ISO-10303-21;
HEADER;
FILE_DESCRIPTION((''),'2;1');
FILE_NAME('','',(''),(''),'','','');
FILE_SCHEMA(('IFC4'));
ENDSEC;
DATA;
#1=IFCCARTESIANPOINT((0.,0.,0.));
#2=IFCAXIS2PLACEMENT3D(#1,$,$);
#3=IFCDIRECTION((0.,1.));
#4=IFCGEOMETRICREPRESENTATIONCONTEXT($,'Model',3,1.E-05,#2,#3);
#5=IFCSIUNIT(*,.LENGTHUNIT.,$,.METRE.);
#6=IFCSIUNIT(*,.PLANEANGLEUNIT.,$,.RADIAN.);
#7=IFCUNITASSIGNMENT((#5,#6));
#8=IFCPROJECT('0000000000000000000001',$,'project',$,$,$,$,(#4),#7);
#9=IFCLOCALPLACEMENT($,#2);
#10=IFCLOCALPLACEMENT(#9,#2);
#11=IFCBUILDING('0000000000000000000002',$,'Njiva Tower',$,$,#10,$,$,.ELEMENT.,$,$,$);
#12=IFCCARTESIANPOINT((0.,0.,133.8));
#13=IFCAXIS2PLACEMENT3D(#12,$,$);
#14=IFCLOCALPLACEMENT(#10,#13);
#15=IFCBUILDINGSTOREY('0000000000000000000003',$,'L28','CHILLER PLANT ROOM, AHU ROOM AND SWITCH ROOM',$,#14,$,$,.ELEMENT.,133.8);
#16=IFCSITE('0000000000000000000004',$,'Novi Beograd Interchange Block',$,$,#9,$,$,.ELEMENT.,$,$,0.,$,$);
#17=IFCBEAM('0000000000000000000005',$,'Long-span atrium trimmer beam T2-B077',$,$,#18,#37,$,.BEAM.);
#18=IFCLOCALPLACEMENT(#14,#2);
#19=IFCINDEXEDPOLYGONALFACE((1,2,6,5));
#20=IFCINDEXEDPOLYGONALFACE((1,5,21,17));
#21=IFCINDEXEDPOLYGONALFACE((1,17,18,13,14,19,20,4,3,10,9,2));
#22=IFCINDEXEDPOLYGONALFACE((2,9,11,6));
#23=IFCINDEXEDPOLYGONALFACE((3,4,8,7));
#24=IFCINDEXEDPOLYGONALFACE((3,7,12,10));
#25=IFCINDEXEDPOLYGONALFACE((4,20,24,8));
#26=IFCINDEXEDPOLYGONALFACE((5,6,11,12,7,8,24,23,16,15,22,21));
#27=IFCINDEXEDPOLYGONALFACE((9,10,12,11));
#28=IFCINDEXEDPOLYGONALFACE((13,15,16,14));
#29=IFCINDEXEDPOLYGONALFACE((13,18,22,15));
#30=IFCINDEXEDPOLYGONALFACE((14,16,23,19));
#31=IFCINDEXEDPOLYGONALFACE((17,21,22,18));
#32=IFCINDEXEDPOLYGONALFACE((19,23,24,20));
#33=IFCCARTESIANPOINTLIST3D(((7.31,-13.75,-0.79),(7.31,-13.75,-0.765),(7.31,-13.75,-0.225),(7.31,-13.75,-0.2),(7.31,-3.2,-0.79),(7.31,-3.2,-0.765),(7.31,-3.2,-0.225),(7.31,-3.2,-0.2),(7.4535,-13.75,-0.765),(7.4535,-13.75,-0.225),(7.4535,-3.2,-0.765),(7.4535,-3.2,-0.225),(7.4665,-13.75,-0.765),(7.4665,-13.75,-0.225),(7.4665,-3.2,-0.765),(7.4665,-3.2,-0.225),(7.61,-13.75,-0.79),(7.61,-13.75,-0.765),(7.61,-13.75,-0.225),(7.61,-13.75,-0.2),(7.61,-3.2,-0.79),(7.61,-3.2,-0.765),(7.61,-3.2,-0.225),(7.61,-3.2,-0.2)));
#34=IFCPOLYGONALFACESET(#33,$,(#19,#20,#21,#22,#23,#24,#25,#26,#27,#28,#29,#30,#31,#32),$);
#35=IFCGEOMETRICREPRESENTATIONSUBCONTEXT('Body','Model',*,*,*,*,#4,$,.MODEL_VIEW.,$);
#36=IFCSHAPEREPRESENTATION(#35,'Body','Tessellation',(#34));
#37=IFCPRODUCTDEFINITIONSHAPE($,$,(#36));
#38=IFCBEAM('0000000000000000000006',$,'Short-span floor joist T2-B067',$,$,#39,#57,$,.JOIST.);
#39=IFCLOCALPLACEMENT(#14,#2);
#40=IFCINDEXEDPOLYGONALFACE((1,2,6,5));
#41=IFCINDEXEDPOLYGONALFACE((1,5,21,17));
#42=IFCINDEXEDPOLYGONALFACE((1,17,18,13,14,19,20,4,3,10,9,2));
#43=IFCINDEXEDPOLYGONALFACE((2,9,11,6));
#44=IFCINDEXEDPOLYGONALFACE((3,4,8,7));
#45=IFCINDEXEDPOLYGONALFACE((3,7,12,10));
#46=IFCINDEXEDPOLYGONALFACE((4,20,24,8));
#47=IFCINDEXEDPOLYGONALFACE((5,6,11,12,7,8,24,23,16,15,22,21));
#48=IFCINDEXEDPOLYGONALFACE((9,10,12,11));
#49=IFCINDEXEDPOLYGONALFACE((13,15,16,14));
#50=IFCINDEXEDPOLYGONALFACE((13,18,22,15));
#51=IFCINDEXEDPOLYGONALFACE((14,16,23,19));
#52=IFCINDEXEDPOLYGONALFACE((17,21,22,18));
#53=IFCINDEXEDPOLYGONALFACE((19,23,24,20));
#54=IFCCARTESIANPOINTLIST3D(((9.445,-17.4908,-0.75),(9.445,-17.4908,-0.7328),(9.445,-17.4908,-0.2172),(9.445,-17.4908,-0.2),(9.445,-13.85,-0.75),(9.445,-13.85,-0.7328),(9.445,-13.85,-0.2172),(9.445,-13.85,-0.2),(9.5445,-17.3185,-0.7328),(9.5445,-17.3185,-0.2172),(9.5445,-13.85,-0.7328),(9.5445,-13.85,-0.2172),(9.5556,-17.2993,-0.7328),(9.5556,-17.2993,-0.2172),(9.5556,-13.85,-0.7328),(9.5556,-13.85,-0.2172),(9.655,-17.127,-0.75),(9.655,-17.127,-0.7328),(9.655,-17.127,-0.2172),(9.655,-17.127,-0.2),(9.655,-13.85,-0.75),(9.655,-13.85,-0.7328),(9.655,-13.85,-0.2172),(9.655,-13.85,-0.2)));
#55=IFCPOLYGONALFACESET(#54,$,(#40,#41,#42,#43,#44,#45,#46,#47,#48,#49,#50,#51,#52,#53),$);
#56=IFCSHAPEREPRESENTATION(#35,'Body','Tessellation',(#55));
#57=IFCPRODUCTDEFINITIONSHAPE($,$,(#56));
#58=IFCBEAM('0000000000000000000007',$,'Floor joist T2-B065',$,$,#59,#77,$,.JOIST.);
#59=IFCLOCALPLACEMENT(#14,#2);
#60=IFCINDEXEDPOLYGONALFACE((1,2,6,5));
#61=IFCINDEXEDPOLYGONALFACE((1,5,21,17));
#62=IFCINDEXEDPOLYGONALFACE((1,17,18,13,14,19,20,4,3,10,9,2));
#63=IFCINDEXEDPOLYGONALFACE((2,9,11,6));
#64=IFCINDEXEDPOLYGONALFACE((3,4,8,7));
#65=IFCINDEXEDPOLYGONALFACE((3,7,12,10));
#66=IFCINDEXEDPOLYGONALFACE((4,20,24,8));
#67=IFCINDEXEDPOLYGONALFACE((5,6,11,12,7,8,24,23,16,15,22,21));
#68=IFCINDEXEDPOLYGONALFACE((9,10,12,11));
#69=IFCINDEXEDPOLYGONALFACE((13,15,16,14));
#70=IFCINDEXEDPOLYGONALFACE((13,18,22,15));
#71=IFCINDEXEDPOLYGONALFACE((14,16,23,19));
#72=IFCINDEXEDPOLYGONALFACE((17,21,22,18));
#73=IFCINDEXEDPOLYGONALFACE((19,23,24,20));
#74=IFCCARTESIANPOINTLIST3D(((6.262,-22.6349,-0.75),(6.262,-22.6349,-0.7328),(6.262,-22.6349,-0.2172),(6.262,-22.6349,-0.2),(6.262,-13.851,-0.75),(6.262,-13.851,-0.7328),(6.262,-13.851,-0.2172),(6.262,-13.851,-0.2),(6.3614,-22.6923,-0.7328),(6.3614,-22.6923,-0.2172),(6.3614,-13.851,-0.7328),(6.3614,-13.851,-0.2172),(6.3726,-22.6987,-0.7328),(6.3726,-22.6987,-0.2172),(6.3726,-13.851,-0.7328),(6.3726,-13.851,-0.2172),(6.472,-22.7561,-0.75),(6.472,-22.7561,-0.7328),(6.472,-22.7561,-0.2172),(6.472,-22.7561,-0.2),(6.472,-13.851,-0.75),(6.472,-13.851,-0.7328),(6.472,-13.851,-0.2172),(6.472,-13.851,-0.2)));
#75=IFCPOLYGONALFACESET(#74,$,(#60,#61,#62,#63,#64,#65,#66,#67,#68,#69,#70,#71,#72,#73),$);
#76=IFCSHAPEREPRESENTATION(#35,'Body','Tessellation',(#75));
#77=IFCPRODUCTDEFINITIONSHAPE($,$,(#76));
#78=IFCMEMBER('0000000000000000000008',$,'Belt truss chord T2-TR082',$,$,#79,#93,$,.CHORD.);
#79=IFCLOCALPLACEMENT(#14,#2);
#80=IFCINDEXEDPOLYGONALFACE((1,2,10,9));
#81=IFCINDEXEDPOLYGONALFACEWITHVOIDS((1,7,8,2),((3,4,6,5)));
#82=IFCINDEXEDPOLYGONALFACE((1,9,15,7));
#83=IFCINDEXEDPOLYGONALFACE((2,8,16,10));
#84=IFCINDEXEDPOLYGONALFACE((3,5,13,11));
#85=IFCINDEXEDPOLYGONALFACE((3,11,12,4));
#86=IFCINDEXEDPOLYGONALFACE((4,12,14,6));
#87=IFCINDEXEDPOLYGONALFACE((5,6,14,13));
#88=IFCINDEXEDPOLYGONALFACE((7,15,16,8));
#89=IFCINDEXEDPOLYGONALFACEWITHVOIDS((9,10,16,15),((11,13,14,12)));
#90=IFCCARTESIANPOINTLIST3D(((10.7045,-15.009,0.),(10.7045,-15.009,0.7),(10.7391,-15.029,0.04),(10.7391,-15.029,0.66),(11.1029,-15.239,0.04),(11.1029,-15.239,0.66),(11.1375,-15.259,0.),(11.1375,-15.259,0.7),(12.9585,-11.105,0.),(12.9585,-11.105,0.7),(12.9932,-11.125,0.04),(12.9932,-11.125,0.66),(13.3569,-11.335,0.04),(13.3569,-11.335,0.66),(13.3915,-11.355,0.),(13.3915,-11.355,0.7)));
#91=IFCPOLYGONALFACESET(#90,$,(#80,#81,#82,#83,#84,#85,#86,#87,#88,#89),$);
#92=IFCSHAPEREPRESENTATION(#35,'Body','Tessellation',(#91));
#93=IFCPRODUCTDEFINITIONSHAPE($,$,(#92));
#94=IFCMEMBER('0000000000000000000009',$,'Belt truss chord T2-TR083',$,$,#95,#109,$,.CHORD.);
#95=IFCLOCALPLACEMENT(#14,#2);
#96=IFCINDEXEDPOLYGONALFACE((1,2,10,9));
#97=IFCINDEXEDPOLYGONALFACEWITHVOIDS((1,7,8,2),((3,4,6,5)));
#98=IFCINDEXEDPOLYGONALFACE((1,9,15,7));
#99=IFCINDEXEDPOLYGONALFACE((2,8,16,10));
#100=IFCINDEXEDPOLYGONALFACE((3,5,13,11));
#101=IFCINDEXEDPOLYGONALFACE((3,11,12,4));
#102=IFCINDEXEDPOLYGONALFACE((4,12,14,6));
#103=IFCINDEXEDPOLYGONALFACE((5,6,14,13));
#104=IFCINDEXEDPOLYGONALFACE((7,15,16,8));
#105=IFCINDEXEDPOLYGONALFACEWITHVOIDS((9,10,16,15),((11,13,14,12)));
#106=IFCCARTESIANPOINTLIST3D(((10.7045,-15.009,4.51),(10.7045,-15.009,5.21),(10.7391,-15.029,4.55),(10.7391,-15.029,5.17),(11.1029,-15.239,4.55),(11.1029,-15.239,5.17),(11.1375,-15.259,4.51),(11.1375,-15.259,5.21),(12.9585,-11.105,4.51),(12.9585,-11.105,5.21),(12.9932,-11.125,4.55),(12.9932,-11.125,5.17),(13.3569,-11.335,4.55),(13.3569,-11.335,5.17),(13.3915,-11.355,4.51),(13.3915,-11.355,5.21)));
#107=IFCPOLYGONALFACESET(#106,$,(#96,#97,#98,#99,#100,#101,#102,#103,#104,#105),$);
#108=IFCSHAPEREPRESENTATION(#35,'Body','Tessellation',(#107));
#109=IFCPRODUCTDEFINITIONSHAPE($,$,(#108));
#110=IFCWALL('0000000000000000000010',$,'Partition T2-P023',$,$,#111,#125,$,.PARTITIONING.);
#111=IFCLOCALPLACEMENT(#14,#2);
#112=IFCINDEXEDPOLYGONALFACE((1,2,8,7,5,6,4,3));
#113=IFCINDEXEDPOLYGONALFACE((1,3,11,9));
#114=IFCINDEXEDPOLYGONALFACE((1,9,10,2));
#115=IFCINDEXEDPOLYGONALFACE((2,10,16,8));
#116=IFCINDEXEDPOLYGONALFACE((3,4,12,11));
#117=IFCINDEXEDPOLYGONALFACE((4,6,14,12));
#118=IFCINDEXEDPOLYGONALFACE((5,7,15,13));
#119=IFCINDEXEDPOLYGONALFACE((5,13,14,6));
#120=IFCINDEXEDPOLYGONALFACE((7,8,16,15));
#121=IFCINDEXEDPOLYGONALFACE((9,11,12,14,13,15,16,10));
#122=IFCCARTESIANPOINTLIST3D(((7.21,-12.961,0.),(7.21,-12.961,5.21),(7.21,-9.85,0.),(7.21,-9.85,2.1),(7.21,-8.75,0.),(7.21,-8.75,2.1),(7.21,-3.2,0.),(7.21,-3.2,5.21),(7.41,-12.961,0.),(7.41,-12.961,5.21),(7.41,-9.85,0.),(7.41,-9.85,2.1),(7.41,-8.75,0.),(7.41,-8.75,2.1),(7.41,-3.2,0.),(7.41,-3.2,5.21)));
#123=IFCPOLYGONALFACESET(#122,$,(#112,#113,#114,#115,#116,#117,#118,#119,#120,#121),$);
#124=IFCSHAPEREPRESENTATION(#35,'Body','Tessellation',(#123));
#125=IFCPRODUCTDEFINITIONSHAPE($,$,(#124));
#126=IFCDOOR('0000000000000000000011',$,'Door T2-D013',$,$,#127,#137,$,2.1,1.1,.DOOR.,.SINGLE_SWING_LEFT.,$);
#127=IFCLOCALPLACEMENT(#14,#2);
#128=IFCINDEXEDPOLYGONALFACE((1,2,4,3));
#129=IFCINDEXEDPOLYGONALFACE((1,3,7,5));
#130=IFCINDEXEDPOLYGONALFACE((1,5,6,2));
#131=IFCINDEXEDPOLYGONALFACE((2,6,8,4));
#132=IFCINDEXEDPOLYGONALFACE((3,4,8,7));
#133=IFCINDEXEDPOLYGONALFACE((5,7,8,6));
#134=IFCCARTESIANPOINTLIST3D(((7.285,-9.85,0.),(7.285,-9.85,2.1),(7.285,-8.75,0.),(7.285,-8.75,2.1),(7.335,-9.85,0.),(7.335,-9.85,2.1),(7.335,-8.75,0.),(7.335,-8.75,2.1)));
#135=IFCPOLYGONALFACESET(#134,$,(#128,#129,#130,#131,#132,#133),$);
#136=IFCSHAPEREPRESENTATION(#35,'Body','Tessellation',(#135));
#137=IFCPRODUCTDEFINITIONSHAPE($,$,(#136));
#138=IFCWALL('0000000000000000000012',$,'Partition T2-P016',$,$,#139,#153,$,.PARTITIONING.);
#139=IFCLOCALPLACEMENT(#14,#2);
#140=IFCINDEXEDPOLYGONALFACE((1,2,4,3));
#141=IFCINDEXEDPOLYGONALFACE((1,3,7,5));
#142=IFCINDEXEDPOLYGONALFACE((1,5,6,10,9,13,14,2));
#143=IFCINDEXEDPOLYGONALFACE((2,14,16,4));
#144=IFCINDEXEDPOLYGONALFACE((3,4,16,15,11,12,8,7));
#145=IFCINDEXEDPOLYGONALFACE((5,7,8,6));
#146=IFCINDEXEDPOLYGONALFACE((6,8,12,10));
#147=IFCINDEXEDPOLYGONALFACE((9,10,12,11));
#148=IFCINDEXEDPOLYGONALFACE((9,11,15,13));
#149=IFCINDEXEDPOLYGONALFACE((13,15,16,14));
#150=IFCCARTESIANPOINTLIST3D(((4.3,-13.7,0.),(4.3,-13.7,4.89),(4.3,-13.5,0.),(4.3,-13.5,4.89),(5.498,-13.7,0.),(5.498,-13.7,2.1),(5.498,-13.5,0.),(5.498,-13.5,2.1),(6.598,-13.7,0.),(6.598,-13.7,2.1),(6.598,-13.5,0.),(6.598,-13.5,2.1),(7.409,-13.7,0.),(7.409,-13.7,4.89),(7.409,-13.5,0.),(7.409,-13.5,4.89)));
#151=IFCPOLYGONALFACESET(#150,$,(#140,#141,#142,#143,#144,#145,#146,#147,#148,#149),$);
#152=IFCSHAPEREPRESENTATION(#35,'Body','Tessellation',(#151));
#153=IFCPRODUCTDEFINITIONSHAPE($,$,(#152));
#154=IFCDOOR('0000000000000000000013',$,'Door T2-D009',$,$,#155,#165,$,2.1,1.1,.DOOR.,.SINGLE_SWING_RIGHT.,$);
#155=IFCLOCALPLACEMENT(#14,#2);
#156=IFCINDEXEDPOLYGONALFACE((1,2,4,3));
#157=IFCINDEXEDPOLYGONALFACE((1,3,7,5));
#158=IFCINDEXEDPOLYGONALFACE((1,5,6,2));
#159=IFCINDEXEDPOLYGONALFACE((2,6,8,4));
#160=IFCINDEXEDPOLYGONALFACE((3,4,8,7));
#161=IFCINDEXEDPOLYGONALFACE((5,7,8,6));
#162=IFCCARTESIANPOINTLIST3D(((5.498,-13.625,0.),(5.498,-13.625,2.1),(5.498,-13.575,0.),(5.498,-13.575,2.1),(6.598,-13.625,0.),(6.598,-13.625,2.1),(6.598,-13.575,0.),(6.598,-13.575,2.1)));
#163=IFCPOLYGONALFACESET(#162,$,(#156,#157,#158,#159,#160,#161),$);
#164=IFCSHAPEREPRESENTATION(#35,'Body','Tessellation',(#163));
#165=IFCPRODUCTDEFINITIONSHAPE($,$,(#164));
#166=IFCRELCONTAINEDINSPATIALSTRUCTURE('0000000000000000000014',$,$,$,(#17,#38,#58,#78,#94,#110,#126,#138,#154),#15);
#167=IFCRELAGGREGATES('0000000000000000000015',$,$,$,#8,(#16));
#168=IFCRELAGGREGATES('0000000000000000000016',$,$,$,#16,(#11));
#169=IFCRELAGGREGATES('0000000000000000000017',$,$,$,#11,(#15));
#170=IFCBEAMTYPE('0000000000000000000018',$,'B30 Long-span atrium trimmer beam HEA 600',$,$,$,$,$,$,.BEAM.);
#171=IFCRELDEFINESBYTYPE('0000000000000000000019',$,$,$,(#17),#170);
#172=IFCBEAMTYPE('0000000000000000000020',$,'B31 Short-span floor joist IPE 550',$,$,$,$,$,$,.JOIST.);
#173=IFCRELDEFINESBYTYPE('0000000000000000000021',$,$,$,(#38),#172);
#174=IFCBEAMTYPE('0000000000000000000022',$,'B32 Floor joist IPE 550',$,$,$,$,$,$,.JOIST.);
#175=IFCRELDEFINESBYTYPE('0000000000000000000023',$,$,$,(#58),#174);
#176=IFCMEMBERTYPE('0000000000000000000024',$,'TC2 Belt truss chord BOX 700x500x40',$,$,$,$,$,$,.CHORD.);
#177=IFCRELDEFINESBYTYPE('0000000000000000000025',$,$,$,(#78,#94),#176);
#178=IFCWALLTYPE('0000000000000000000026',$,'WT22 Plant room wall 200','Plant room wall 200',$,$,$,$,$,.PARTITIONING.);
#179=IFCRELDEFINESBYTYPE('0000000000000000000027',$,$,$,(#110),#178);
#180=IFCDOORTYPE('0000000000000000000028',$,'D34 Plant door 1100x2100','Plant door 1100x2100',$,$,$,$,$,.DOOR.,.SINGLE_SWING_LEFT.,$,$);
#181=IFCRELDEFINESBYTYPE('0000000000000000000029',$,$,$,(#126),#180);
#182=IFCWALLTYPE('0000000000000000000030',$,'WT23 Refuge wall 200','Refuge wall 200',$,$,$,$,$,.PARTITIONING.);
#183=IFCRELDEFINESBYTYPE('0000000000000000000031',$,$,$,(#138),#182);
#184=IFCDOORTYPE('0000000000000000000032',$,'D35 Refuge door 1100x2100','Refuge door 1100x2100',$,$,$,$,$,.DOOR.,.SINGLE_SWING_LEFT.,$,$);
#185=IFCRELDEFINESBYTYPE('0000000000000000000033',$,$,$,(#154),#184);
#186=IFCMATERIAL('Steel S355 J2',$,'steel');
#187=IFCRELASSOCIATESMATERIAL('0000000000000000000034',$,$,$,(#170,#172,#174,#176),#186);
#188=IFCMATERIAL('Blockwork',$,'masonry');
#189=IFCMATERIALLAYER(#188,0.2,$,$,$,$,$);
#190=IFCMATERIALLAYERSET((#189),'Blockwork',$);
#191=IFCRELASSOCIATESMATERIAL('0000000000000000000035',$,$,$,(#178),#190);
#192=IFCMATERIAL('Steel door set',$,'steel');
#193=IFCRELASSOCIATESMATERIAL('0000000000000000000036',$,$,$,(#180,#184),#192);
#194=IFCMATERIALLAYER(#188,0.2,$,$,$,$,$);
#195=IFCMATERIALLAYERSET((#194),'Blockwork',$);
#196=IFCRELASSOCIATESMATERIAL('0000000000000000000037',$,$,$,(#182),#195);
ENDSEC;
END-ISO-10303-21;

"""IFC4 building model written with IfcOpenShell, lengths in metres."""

from ifc_helpers import new_model, si_unit, direction, frame, frame_2d, origin, origin_2d, place, context, subcontext, project, spatial, rectangle, hollow_rectangle, i_section, extrude, clip, halfspace, material, layer, layer_set, material_profile, profile_set, type_object, element, fill, save


model = new_model("IFC4")

# Units and contexts
model_context = context("Model", 3, precision=1e-05, world=origin(), true_north=direction((0.0, 1.0)))
body_context = subcontext(model_context, "Body", "Model", "MODEL_VIEW")
ifc_project = project(units=[si_unit("LENGTHUNIT", "METRE"), si_unit("PLANEANGLEUNIT", "RADIAN")], contexts=[model_context])

# Site, building, storey
site_placement = place(None, origin())
site = spatial("IfcSite", under=ifc_project, at=site_placement, Name="Novi Beograd Interchange Block", CompositionType="ELEMENT", RefElevation=0.0)
building_placement = place(site_placement, origin())
building = spatial("IfcBuilding", under=site, at=building_placement, Name="Njiva Tower", CompositionType="ELEMENT")
storey_placement = place(building_placement, frame((0.0, 0.0, 133.8)))
storey = spatial("IfcBuildingStorey", under=building, at=storey_placement, Name="L28", Description="CHILLER PLANT ROOM, AHU ROOM AND SWITCH ROOM", CompositionType="ELEMENT", Elevation=133.8)

# Shared definitions
ifc_material_1 = material(Name="Steel S355 J2", Category="steel")

# Beams
ifc_material_profile_1 = material_profile(ifc_material_1, i_section(OverallWidth=0.3, OverallDepth=0.59, WebThickness=0.013, FlangeThickness=0.025, at=origin_2d()), Name="HEA 600")
ifc_profile_set_1 = profile_set([ifc_material_profile_1], Name="Steel S355 J2")
beam_type_1 = type_object("IfcBeamType", Name="B30 Long-span atrium trimmer beam HEA 600", PredefinedType="BEAM", material=ifc_profile_set_1)
beam_1_placement = place(storey_placement, frame((7.46, -13.75, -0.495), z_axis=(0.0, 1.0, 0.0), x_axis=(-1.0, 0.0, 0.0)))
element("IfcBeam", 1, at=beam_1_placement, inside=storey, type_object=beam_type_1, Name="Long-span atrium trimmer beam T2-B077", PredefinedType="BEAM", context=body_context, shape_type="SweptSolid", body=[
    extrude(i_section(OverallWidth=0.3, OverallDepth=0.59, WebThickness=0.013, FlangeThickness=0.025, at=origin_2d()), origin(), (0.0, 0.0, 1.0), 10.55),
])
ifc_material_profile_2 = material_profile(ifc_material_1, i_section(OverallWidth=0.21, OverallDepth=0.55, WebThickness=0.0111, FlangeThickness=0.0172, at=origin_2d()), Name="IPE 550")
ifc_profile_set_2 = profile_set([ifc_material_profile_2], Name="Steel S355 J2")
beam_type_2 = type_object("IfcBeamType", Name="B31 Short-span floor joist IPE 550", PredefinedType="JOIST", material=ifc_profile_set_2)
beam_2_placement = place(storey_placement, frame((9.55, -13.85, -0.475), z_axis=(0.0, -1.0, 0.0), x_axis=(1.0, 0.0, 0.0)))
element("IfcBeam", 2, at=beam_2_placement, inside=storey, type_object=beam_type_2, Name="Short-span floor joist T2-B067", PredefinedType="JOIST", context=body_context, shape_type="Clipping", body=[
    clip(extrude(i_section(OverallWidth=0.21, OverallDepth=0.55, WebThickness=0.0111, FlangeThickness=0.0172, at=origin_2d()), origin(), (0.0, 0.0, 1.0), 3.661), halfspace(frame((0.0433, 0.0, 3.3839), z_axis=(0.866027, 0.0, 0.499998), x_axis=(0.0, 1.0, 0.0)), False)),
])
ifc_material_profile_3 = material_profile(ifc_material_1, i_section(OverallWidth=0.21, OverallDepth=0.55, WebThickness=0.0111, FlangeThickness=0.0172, at=origin_2d()), Name="IPE 550")
ifc_profile_set_3 = profile_set([ifc_material_profile_3], Name="Steel S355 J2")
beam_type_3 = type_object("IfcBeamType", Name="B32 Floor joist IPE 550", PredefinedType="JOIST", material=ifc_profile_set_3)
beam_3_placement = place(storey_placement, frame((6.367, -13.851, -0.475), z_axis=(0.0, -1.0, 0.0), x_axis=(1.0, 0.0, 0.0)))
element("IfcBeam", 3, at=beam_3_placement, inside=storey, type_object=beam_type_3, Name="Floor joist T2-B065", PredefinedType="JOIST", context=body_context, shape_type="Clipping", body=[
    clip(extrude(i_section(OverallWidth=0.21, OverallDepth=0.55, WebThickness=0.0111, FlangeThickness=0.0172, at=origin_2d()), origin(), (0.0, 0.0, 1.0), 8.925), halfspace(frame((-0.0253, 0.0, 8.8299), z_axis=(-0.499998, 0.0, 0.866027), x_axis=(0.0, 1.0, 0.0)), False)),
])

# Members
ifc_material_profile_4 = material_profile(ifc_material_1, hollow_rectangle(XDim=0.5, YDim=0.7, WallThickness=0.04, at=origin_2d()), Name="BOX 700x500x40")
ifc_profile_set_4 = profile_set([ifc_material_profile_4], Name="Steel S355 J2")
member_type_1 = type_object("IfcMemberType", Name="TC2 Belt truss chord BOX 700x500x40", PredefinedType="CHORD", material=ifc_profile_set_4)
for number, where, z_axis, x_axis, name in (
    (4, (10.921, -15.134, 0.35), (0.500004, 0.866023, 0.0), (-0.866023, 0.500004, 0.0), "Belt truss chord T2-TR082"),
    (5, (10.921, -15.134, 4.86), (0.500004, 0.866023, 0.0), (-0.866023, 0.500004, 0.0), "Belt truss chord T2-TR083"),
):
    element("IfcMember", number, at=place(storey_placement, frame(where, z_axis=z_axis, x_axis=x_axis)), inside=storey, type_object=member_type_1, Name=name, PredefinedType="CHORD", context=body_context, shape_type="SweptSolid", body=[
        extrude(hollow_rectangle(XDim=0.5, YDim=0.7, WallThickness=0.04, at=origin_2d()), origin(), (0.0, 0.0, 1.0), 4.508),
    ])

# Walls, openings, doors
ifc_material_2 = material(Name="Blockwork", Category="masonry")
ifc_layer_1 = layer(ifc_material_2, 0.2)
ifc_layer_set_1 = layer_set([ifc_layer_1], Name="Blockwork")
wall_type_1 = type_object("IfcWallType", Name="WT22 Plant room wall 200", Description="Plant room wall 200", PredefinedType="PARTITIONING", material=ifc_layer_set_1)
wall_1_placement = place(storey_placement, frame((7.31, -12.961, 0.0), z_axis=(0.0, 0.0, 1.0), x_axis=(0.0, 1.0, 0.0)))
wall_1 = element("IfcWall", 6, at=wall_1_placement, inside=storey, type_object=wall_type_1, Name="Partition T2-P023", PredefinedType="PARTITIONING", context=body_context, shape_type="SweptSolid", body=[
    extrude(rectangle(XDim=9.761, YDim=0.2, at=frame_2d((4.8805, 0.0))), origin(), (0.0, 0.0, 1.0), 5.21),
])
opening_1_placement = place(wall_1_placement, frame((3.111, 0.0, 0.0)))
opening_1 = element("IfcOpeningElement", 7, at=opening_1_placement, cuts=wall_1, PredefinedType="OPENING", context=body_context, shape_type="SweptSolid", body=[
    extrude(rectangle(XDim=1.1, YDim=2.1, at=frame_2d((0.55, 1.05))), frame((0.0, 0.11, 0.0), z_axis=(0.0, -1.0, 0.0), x_axis=(1.0, 0.0, 0.0)), (0.0, 0.0, 1.0), 0.22),
])
ifc_material_3 = material(Name="Steel door set", Category="steel")
door_type_1 = type_object("IfcDoorType", Name="D34 Plant door 1100x2100", Description="Plant door 1100x2100", OperationType="SINGLE_SWING_LEFT", PredefinedType="DOOR", material=ifc_material_3)
door_1_placement = place(opening_1_placement, origin())
door_1 = element("IfcDoor", 8, at=door_1_placement, inside=storey, type_object=door_type_1, Name="Door T2-D013", OperationType="SINGLE_SWING_LEFT", OverallHeight=2.1, OverallWidth=1.1, PredefinedType="DOOR", context=body_context, shape_type="SweptSolid", body=[
    extrude(rectangle(XDim=1.1, YDim=2.1, at=frame_2d((0.55, 1.05))), frame((0.0, 0.025, 0.0), z_axis=(0.0, -1.0, 0.0), x_axis=(1.0, 0.0, 0.0)), (0.0, 0.0, 1.0), 0.05),
])
fill(opening_1, door_1)
ifc_layer_2 = layer(ifc_material_2, 0.2)
ifc_layer_set_2 = layer_set([ifc_layer_2], Name="Blockwork")
wall_type_2 = type_object("IfcWallType", Name="WT23 Refuge wall 200", Description="Refuge wall 200", PredefinedType="PARTITIONING", material=ifc_layer_set_2)
wall_2_placement = place(storey_placement, frame((4.3, -13.6, 0.0), z_axis=(0.0, 0.0, 1.0), x_axis=(1.0, 0.0, 0.0)))
wall_2 = element("IfcWall", 9, at=wall_2_placement, inside=storey, type_object=wall_type_2, Name="Partition T2-P016", PredefinedType="PARTITIONING", context=body_context, shape_type="SweptSolid", body=[
    extrude(rectangle(XDim=3.109, YDim=0.2, at=frame_2d((1.5545, 0.0))), origin(), (0.0, 0.0, 1.0), 4.89),
])
opening_2_placement = place(wall_2_placement, frame((1.198, 0.0, 0.0)))
opening_2 = element("IfcOpeningElement", 10, at=opening_2_placement, cuts=wall_2, PredefinedType="OPENING", context=body_context, shape_type="SweptSolid", body=[
    extrude(rectangle(XDim=1.1, YDim=2.1, at=frame_2d((0.55, 1.05))), frame((0.0, 0.11, 0.0), z_axis=(0.0, -1.0, 0.0), x_axis=(1.0, 0.0, 0.0)), (0.0, 0.0, 1.0), 0.22),
])
door_type_2 = type_object("IfcDoorType", Name="D35 Refuge door 1100x2100", Description="Refuge door 1100x2100", OperationType="SINGLE_SWING_LEFT", PredefinedType="DOOR", material=ifc_material_3)
door_2_placement = place(opening_2_placement, origin())
door_2 = element("IfcDoor", 11, at=door_2_placement, inside=storey, type_object=door_type_2, Name="Door T2-D009", OperationType="SINGLE_SWING_RIGHT", OverallHeight=2.1, OverallWidth=1.1, PredefinedType="DOOR", context=body_context, shape_type="SweptSolid", body=[
    extrude(rectangle(XDim=1.1, YDim=2.1, at=frame_2d((0.55, 1.05))), frame((0.0, 0.025, 0.0), z_axis=(0.0, -1.0, 0.0), x_axis=(1.0, 0.0, 0.0)), (0.0, 0.0, 1.0), 0.05),
])
fill(opening_2, door_2)

save(model, "model.ifc")
